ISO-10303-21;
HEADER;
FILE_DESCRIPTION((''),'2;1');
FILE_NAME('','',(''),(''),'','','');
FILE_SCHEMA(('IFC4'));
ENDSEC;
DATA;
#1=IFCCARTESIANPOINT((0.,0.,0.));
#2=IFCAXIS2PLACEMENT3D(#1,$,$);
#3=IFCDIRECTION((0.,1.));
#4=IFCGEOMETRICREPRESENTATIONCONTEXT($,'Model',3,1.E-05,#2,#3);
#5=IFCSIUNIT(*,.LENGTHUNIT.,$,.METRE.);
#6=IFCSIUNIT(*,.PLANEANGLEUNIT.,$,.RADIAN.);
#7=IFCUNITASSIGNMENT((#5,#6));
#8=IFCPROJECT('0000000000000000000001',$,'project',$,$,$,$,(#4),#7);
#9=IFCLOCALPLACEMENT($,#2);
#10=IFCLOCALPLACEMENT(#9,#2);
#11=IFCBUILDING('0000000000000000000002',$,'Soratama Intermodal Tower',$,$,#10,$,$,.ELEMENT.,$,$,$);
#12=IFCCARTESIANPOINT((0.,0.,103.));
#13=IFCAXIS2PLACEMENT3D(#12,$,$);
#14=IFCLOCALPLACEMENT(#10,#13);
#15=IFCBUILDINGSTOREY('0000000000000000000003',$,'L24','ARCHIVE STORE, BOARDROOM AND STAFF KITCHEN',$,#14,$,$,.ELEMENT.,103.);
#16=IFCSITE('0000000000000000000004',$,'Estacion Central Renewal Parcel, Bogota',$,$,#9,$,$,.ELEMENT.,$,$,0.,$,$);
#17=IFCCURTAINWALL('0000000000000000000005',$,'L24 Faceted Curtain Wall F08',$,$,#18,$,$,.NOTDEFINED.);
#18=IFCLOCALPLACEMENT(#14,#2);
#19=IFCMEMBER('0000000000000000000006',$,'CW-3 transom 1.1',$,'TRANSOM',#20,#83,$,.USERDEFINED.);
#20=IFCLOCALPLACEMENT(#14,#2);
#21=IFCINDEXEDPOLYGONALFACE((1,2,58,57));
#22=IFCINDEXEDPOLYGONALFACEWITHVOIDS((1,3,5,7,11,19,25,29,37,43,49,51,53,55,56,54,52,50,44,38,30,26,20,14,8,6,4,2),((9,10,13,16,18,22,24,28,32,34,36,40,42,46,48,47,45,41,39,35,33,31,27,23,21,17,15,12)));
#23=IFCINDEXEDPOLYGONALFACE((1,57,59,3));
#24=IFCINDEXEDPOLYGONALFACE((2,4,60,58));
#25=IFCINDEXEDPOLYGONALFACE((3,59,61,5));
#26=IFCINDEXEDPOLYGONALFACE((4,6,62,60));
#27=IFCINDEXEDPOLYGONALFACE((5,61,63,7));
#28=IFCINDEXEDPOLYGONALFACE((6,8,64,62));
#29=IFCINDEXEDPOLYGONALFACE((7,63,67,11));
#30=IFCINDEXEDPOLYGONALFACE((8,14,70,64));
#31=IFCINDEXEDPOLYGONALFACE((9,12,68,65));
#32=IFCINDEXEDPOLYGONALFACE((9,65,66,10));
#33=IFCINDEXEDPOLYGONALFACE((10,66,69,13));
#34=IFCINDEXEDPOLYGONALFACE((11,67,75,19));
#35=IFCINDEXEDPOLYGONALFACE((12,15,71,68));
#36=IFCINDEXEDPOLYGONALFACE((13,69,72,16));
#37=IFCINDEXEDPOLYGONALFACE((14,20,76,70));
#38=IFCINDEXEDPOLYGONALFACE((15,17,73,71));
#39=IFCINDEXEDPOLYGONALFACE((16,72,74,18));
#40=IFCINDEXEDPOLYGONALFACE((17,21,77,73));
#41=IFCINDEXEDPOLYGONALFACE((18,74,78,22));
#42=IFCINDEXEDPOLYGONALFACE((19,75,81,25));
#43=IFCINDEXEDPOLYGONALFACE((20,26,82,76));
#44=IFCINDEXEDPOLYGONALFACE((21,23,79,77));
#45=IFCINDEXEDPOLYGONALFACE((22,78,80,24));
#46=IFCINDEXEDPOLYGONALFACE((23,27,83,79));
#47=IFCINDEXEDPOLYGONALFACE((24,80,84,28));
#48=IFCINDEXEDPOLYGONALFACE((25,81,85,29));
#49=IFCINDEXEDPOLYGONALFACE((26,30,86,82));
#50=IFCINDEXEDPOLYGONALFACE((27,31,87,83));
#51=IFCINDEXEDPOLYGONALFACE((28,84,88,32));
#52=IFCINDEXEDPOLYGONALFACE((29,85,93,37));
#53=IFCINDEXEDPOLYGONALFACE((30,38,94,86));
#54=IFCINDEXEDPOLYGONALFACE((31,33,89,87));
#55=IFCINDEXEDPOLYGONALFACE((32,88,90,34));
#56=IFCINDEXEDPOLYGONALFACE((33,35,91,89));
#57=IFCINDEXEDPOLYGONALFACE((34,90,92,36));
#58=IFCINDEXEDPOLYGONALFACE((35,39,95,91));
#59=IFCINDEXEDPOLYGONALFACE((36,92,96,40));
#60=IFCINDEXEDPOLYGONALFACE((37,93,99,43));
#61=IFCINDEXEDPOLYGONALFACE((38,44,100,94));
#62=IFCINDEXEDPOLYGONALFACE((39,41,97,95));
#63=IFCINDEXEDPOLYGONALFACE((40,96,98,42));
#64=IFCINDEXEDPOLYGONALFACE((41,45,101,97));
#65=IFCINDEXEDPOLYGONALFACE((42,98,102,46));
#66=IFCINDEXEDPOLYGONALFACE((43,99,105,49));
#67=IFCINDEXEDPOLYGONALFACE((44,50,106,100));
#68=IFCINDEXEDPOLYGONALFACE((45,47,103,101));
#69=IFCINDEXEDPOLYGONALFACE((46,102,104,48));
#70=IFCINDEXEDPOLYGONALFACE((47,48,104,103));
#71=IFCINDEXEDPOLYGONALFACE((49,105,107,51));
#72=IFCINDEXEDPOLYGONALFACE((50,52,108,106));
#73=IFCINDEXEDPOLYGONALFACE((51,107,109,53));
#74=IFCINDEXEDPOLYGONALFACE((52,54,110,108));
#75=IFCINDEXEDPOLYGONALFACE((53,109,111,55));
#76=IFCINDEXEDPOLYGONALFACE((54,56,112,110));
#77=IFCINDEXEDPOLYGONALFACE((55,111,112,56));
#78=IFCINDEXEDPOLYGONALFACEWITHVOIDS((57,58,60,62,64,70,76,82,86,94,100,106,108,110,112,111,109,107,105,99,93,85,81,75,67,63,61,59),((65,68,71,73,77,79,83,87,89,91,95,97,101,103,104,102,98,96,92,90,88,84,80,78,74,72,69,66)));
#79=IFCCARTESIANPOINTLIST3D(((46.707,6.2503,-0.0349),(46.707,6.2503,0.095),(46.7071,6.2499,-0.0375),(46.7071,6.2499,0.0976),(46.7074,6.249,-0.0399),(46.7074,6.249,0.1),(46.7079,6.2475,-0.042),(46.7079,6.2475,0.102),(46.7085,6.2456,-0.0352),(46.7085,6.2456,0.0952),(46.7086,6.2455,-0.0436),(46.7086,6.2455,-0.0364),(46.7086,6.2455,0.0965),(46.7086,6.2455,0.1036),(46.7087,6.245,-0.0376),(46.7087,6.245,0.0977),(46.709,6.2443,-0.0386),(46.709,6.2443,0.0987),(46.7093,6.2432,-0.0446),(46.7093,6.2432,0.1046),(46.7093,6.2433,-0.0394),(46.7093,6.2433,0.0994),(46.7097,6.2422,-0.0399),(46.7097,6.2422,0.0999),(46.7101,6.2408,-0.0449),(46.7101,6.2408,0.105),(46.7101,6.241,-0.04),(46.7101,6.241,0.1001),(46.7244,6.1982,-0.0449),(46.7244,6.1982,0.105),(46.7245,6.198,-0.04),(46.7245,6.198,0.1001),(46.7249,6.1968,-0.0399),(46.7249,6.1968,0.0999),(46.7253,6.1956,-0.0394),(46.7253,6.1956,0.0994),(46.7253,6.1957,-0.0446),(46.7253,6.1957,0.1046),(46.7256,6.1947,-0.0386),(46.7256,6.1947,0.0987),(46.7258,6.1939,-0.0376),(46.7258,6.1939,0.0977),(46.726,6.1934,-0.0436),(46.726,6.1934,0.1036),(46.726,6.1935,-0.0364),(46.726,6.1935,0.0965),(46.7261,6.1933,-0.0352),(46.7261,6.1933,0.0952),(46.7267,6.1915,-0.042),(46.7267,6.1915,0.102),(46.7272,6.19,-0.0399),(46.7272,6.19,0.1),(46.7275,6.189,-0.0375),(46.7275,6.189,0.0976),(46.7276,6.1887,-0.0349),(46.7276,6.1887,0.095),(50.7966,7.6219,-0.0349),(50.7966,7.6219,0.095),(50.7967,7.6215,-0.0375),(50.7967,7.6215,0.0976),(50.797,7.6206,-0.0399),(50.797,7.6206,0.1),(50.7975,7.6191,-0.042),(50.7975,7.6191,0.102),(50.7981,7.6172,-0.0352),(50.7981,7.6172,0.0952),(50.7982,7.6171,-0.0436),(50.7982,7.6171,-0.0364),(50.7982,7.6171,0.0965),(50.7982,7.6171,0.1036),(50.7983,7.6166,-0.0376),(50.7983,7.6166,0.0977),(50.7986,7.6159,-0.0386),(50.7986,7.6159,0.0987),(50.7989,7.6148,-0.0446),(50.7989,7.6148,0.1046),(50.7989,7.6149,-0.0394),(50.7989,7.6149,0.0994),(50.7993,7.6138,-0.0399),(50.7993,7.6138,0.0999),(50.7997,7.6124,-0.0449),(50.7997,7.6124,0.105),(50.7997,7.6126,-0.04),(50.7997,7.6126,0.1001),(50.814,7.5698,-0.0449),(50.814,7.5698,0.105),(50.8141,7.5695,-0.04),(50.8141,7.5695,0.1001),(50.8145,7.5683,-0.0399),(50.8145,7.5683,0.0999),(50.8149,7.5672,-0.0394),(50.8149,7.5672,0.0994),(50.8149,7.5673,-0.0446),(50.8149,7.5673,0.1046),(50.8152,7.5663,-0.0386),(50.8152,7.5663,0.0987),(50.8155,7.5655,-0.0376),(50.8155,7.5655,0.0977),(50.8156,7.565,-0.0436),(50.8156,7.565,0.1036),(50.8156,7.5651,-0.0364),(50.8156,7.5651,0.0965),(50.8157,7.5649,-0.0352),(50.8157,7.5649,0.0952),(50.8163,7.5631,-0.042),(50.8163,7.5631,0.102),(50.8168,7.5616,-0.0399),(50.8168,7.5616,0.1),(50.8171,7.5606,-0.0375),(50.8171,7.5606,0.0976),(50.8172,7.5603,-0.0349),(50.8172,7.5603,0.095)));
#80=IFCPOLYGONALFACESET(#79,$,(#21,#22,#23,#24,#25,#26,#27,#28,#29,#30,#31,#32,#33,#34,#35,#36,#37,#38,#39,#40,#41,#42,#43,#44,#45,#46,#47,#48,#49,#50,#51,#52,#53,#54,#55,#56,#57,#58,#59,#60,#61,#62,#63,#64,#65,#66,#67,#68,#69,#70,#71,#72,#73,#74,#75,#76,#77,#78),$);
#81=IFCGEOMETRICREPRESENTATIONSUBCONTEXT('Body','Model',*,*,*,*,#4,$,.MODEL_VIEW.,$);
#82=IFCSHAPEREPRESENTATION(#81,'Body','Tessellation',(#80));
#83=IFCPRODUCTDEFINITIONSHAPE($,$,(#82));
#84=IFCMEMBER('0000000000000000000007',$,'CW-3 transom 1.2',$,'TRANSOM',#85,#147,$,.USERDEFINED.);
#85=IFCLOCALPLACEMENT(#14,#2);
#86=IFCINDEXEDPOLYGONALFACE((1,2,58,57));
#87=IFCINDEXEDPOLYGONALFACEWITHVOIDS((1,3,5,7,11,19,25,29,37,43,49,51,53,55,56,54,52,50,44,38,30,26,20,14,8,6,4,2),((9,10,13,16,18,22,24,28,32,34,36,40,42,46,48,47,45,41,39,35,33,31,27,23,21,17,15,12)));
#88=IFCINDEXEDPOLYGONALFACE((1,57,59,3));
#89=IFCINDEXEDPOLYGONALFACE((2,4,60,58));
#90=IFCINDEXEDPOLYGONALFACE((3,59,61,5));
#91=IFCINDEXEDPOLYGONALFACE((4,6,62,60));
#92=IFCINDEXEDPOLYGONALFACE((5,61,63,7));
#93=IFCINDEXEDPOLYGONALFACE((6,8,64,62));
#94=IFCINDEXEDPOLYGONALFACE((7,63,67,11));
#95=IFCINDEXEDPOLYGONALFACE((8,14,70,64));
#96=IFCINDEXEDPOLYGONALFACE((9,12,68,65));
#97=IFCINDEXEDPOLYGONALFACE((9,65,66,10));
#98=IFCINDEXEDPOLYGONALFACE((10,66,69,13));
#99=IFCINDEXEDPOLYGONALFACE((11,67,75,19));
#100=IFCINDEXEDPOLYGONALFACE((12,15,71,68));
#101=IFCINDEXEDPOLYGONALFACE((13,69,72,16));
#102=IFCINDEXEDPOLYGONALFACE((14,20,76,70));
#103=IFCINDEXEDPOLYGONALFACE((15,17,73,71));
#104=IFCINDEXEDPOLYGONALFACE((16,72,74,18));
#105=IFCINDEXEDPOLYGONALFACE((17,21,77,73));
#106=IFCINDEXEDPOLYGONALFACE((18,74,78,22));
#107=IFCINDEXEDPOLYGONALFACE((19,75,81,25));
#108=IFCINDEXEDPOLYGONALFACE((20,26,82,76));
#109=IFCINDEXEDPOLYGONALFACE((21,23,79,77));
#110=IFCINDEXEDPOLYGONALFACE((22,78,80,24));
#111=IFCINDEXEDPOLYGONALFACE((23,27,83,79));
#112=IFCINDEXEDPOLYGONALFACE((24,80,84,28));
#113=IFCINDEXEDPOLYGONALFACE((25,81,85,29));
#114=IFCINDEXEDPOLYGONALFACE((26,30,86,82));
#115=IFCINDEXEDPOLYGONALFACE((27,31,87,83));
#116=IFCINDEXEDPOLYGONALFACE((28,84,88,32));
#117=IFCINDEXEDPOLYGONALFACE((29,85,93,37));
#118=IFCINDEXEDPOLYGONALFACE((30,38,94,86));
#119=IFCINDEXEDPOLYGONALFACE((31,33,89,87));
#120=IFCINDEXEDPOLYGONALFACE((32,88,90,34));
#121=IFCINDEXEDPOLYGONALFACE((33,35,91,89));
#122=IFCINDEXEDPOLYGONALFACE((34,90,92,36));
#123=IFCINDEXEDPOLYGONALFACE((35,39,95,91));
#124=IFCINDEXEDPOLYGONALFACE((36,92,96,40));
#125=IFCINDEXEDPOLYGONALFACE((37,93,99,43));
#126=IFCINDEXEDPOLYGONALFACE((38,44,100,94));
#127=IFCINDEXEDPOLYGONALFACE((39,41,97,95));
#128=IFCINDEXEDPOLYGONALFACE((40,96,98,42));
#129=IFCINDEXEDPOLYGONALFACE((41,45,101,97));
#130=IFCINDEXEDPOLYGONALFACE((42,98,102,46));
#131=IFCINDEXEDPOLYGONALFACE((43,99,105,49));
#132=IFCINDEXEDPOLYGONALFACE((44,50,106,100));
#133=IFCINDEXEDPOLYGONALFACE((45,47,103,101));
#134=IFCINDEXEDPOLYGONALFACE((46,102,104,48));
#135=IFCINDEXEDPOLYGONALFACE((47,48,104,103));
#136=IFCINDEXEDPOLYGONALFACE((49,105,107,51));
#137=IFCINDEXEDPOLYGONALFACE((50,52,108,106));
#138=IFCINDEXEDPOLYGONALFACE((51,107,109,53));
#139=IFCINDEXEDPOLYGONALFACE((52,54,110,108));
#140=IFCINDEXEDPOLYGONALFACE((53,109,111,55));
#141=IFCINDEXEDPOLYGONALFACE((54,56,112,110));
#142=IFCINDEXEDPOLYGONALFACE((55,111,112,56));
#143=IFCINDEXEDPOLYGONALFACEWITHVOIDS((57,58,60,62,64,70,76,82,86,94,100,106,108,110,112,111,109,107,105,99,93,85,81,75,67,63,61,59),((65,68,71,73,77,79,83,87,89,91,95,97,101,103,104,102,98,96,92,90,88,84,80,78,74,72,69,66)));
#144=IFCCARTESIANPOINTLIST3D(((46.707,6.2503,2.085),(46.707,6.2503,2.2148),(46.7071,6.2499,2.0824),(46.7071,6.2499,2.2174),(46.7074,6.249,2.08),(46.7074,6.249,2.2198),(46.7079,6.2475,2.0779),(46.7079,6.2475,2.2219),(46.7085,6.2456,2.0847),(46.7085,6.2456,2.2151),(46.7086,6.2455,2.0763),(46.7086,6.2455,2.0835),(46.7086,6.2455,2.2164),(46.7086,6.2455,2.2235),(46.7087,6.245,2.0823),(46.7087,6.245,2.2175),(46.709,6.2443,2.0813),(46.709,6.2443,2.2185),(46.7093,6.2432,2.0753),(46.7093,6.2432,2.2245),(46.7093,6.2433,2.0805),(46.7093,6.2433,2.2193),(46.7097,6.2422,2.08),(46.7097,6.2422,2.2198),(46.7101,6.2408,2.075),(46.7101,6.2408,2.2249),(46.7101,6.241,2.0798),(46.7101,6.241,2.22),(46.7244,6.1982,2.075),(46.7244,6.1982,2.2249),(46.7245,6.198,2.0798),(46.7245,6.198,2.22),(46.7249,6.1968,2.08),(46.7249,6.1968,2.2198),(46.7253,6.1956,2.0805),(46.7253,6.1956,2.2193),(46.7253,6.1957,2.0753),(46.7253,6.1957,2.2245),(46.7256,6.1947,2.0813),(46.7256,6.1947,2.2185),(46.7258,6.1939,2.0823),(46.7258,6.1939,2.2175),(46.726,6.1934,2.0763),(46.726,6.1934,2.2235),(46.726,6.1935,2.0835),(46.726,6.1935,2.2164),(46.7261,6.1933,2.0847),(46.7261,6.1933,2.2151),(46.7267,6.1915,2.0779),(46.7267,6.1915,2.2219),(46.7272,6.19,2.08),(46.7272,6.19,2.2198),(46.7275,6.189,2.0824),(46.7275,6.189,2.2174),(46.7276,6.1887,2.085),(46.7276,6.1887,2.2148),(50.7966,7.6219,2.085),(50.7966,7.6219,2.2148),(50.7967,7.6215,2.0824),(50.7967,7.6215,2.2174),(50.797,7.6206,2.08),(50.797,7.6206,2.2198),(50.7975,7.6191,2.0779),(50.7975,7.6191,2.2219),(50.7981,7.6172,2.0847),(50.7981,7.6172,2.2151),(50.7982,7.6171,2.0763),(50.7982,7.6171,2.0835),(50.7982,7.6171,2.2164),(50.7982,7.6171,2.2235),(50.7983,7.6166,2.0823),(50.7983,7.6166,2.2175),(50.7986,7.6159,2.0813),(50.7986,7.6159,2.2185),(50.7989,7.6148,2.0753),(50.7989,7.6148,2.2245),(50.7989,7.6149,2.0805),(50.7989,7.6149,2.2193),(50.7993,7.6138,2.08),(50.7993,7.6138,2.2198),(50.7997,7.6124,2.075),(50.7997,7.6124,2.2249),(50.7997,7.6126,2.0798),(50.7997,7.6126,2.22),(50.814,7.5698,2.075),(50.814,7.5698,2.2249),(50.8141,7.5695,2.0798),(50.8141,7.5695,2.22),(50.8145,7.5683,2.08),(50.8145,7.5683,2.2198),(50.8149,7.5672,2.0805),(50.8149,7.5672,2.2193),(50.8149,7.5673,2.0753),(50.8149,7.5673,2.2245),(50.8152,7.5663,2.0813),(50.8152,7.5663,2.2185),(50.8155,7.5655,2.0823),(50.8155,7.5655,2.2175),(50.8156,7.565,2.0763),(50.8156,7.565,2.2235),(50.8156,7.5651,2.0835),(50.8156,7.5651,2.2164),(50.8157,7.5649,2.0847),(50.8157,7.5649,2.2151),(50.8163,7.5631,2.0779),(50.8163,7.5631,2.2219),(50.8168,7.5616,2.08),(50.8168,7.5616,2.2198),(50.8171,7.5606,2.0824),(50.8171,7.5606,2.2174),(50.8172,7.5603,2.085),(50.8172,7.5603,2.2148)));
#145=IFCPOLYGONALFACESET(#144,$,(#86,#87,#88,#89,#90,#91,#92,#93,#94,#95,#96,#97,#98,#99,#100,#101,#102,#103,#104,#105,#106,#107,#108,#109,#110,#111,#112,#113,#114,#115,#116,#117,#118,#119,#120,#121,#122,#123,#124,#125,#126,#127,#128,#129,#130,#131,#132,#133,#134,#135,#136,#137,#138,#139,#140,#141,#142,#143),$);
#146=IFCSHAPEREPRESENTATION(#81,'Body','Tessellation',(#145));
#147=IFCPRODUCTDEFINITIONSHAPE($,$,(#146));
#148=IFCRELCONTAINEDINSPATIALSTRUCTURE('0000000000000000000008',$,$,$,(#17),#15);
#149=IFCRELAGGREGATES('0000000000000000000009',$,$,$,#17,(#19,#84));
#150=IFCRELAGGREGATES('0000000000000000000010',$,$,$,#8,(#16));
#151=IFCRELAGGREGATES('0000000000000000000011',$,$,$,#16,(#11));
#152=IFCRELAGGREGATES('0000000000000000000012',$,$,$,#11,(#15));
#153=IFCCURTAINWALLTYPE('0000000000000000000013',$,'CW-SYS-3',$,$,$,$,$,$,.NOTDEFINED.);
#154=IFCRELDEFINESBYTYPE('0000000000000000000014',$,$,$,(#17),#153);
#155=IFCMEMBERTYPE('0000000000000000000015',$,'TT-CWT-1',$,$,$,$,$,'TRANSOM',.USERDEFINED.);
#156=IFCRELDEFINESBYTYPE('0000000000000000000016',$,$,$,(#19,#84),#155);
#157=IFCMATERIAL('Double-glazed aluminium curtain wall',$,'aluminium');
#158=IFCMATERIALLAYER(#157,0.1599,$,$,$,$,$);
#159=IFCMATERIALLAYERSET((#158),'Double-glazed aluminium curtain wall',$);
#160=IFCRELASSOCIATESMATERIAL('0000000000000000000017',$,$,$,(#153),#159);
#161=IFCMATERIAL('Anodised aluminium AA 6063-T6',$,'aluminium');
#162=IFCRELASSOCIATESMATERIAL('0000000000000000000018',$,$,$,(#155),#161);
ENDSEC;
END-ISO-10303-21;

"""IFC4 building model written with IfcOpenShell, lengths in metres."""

from ifc_helpers import new_model, si_unit, direction, frame, origin, origin_2d, place, context, subcontext, project, spatial, hollow_rectangle, extrude, material, layer, layer_set, material_profile, profile_set, type_object, element, aggregate, save


model = new_model("IFC4")

# Units and contexts
model_context = context("Model", 3, precision=1e-05, world=origin(), true_north=direction((0.0, 1.0)))
body_context = subcontext(model_context, "Body", "Model", "MODEL_VIEW")
ifc_project = project(units=[si_unit("LENGTHUNIT", "METRE"), si_unit("PLANEANGLEUNIT", "RADIAN")], contexts=[model_context])

# Site, building, storey
site_placement = place(None, origin())
site = spatial("IfcSite", under=ifc_project, at=site_placement, Name="Estacion Central Renewal Parcel, Bogota", CompositionType="ELEMENT", RefElevation=0.0)
building_placement = place(site_placement, origin())
building = spatial("IfcBuilding", under=site, at=building_placement, Name="Soratama Intermodal Tower", CompositionType="ELEMENT")
storey_placement = place(building_placement, frame((0.0, 0.0, 103.0)))
storey = spatial("IfcBuildingStorey", under=building, at=storey_placement, Name="L24", Description="ARCHIVE STORE, BOARDROOM AND STAFF KITCHEN", CompositionType="ELEMENT", Elevation=103.0)

# Shared definitions
ifc_material_1 = material(Name="Double-glazed aluminium curtain wall", Category="aluminium")
ifc_layer_1 = layer(ifc_material_1, 0.1599)
ifc_layer_set_1 = layer_set([ifc_layer_1], Name="Double-glazed aluminium curtain wall")
curtain_wall_type = type_object("IfcCurtainWallType", Name="CW-SYS-3", PredefinedType="NOTDEFINED", material=ifc_layer_set_1)

# Curtain wall, members
curtain_wall_1_placement = place(storey_placement, origin())
curtain_wall_1 = element("IfcCurtainWall", 1, at=curtain_wall_1_placement, inside=storey, type_object=curtain_wall_type, Name="L24 Faceted Curtain Wall F08", PredefinedType="NOTDEFINED")
ifc_material_2 = material(Name="Anodised aluminium AA 6063-T6", Category="aluminium")
ifc_material_profile_1 = material_profile(ifc_material_2, hollow_rectangle(XDim=0.0649, YDim=0.1499, WallThickness=0.0049, InnerFilletRadius=0.0049, OuterFilletRadius=0.01, at=origin_2d()), Name="CWT150X65X5")
ifc_profile_set_1 = profile_set([ifc_material_profile_1], Name="Anodised aluminium AA 6063-T6")
member_type_1 = type_object("IfcMemberType", Name="TT-CWT-1", ElementType="TRANSOM", PredefinedType="USERDEFINED", material=ifc_profile_set_1)
member_1_placement = place(storey_placement, frame((46.7173, 6.2195, 0.03), z_axis=(0.948099, 0.317976, 0.0), x_axis=(-0.317976, 0.948099, 0.0)))
member_1 = element("IfcMember", 2, at=member_1_placement, type_object=member_type_1, Name="CW-3 transom 1.1", ObjectType="TRANSOM", PredefinedType="USERDEFINED", context=body_context, shape_type="SweptSolid", body=[
    extrude(hollow_rectangle(XDim=0.0649, YDim=0.1499, WallThickness=0.0049, InnerFilletRadius=0.0049, OuterFilletRadius=0.01, at=origin_2d()), origin(), (0.0, 0.0, 1.0), 4.3135),
])
member_2_placement = place(storey_placement, frame((46.7173, 6.2195, 2.1499), z_axis=(0.948099, 0.317976, 0.0), x_axis=(-0.317976, 0.948099, 0.0)))
member_2 = element("IfcMember", 3, at=member_2_placement, type_object=member_type_1, Name="CW-3 transom 1.2", ObjectType="TRANSOM", PredefinedType="USERDEFINED", context=body_context, shape_type="SweptSolid", body=[
    extrude(hollow_rectangle(XDim=0.0649, YDim=0.1499, WallThickness=0.0049, InnerFilletRadius=0.0049, OuterFilletRadius=0.01, at=origin_2d()), origin(), (0.0, 0.0, 1.0), 4.3135),
])

aggregate(curtain_wall_1, [member_1, member_2])

save(model, "model.ifc")
